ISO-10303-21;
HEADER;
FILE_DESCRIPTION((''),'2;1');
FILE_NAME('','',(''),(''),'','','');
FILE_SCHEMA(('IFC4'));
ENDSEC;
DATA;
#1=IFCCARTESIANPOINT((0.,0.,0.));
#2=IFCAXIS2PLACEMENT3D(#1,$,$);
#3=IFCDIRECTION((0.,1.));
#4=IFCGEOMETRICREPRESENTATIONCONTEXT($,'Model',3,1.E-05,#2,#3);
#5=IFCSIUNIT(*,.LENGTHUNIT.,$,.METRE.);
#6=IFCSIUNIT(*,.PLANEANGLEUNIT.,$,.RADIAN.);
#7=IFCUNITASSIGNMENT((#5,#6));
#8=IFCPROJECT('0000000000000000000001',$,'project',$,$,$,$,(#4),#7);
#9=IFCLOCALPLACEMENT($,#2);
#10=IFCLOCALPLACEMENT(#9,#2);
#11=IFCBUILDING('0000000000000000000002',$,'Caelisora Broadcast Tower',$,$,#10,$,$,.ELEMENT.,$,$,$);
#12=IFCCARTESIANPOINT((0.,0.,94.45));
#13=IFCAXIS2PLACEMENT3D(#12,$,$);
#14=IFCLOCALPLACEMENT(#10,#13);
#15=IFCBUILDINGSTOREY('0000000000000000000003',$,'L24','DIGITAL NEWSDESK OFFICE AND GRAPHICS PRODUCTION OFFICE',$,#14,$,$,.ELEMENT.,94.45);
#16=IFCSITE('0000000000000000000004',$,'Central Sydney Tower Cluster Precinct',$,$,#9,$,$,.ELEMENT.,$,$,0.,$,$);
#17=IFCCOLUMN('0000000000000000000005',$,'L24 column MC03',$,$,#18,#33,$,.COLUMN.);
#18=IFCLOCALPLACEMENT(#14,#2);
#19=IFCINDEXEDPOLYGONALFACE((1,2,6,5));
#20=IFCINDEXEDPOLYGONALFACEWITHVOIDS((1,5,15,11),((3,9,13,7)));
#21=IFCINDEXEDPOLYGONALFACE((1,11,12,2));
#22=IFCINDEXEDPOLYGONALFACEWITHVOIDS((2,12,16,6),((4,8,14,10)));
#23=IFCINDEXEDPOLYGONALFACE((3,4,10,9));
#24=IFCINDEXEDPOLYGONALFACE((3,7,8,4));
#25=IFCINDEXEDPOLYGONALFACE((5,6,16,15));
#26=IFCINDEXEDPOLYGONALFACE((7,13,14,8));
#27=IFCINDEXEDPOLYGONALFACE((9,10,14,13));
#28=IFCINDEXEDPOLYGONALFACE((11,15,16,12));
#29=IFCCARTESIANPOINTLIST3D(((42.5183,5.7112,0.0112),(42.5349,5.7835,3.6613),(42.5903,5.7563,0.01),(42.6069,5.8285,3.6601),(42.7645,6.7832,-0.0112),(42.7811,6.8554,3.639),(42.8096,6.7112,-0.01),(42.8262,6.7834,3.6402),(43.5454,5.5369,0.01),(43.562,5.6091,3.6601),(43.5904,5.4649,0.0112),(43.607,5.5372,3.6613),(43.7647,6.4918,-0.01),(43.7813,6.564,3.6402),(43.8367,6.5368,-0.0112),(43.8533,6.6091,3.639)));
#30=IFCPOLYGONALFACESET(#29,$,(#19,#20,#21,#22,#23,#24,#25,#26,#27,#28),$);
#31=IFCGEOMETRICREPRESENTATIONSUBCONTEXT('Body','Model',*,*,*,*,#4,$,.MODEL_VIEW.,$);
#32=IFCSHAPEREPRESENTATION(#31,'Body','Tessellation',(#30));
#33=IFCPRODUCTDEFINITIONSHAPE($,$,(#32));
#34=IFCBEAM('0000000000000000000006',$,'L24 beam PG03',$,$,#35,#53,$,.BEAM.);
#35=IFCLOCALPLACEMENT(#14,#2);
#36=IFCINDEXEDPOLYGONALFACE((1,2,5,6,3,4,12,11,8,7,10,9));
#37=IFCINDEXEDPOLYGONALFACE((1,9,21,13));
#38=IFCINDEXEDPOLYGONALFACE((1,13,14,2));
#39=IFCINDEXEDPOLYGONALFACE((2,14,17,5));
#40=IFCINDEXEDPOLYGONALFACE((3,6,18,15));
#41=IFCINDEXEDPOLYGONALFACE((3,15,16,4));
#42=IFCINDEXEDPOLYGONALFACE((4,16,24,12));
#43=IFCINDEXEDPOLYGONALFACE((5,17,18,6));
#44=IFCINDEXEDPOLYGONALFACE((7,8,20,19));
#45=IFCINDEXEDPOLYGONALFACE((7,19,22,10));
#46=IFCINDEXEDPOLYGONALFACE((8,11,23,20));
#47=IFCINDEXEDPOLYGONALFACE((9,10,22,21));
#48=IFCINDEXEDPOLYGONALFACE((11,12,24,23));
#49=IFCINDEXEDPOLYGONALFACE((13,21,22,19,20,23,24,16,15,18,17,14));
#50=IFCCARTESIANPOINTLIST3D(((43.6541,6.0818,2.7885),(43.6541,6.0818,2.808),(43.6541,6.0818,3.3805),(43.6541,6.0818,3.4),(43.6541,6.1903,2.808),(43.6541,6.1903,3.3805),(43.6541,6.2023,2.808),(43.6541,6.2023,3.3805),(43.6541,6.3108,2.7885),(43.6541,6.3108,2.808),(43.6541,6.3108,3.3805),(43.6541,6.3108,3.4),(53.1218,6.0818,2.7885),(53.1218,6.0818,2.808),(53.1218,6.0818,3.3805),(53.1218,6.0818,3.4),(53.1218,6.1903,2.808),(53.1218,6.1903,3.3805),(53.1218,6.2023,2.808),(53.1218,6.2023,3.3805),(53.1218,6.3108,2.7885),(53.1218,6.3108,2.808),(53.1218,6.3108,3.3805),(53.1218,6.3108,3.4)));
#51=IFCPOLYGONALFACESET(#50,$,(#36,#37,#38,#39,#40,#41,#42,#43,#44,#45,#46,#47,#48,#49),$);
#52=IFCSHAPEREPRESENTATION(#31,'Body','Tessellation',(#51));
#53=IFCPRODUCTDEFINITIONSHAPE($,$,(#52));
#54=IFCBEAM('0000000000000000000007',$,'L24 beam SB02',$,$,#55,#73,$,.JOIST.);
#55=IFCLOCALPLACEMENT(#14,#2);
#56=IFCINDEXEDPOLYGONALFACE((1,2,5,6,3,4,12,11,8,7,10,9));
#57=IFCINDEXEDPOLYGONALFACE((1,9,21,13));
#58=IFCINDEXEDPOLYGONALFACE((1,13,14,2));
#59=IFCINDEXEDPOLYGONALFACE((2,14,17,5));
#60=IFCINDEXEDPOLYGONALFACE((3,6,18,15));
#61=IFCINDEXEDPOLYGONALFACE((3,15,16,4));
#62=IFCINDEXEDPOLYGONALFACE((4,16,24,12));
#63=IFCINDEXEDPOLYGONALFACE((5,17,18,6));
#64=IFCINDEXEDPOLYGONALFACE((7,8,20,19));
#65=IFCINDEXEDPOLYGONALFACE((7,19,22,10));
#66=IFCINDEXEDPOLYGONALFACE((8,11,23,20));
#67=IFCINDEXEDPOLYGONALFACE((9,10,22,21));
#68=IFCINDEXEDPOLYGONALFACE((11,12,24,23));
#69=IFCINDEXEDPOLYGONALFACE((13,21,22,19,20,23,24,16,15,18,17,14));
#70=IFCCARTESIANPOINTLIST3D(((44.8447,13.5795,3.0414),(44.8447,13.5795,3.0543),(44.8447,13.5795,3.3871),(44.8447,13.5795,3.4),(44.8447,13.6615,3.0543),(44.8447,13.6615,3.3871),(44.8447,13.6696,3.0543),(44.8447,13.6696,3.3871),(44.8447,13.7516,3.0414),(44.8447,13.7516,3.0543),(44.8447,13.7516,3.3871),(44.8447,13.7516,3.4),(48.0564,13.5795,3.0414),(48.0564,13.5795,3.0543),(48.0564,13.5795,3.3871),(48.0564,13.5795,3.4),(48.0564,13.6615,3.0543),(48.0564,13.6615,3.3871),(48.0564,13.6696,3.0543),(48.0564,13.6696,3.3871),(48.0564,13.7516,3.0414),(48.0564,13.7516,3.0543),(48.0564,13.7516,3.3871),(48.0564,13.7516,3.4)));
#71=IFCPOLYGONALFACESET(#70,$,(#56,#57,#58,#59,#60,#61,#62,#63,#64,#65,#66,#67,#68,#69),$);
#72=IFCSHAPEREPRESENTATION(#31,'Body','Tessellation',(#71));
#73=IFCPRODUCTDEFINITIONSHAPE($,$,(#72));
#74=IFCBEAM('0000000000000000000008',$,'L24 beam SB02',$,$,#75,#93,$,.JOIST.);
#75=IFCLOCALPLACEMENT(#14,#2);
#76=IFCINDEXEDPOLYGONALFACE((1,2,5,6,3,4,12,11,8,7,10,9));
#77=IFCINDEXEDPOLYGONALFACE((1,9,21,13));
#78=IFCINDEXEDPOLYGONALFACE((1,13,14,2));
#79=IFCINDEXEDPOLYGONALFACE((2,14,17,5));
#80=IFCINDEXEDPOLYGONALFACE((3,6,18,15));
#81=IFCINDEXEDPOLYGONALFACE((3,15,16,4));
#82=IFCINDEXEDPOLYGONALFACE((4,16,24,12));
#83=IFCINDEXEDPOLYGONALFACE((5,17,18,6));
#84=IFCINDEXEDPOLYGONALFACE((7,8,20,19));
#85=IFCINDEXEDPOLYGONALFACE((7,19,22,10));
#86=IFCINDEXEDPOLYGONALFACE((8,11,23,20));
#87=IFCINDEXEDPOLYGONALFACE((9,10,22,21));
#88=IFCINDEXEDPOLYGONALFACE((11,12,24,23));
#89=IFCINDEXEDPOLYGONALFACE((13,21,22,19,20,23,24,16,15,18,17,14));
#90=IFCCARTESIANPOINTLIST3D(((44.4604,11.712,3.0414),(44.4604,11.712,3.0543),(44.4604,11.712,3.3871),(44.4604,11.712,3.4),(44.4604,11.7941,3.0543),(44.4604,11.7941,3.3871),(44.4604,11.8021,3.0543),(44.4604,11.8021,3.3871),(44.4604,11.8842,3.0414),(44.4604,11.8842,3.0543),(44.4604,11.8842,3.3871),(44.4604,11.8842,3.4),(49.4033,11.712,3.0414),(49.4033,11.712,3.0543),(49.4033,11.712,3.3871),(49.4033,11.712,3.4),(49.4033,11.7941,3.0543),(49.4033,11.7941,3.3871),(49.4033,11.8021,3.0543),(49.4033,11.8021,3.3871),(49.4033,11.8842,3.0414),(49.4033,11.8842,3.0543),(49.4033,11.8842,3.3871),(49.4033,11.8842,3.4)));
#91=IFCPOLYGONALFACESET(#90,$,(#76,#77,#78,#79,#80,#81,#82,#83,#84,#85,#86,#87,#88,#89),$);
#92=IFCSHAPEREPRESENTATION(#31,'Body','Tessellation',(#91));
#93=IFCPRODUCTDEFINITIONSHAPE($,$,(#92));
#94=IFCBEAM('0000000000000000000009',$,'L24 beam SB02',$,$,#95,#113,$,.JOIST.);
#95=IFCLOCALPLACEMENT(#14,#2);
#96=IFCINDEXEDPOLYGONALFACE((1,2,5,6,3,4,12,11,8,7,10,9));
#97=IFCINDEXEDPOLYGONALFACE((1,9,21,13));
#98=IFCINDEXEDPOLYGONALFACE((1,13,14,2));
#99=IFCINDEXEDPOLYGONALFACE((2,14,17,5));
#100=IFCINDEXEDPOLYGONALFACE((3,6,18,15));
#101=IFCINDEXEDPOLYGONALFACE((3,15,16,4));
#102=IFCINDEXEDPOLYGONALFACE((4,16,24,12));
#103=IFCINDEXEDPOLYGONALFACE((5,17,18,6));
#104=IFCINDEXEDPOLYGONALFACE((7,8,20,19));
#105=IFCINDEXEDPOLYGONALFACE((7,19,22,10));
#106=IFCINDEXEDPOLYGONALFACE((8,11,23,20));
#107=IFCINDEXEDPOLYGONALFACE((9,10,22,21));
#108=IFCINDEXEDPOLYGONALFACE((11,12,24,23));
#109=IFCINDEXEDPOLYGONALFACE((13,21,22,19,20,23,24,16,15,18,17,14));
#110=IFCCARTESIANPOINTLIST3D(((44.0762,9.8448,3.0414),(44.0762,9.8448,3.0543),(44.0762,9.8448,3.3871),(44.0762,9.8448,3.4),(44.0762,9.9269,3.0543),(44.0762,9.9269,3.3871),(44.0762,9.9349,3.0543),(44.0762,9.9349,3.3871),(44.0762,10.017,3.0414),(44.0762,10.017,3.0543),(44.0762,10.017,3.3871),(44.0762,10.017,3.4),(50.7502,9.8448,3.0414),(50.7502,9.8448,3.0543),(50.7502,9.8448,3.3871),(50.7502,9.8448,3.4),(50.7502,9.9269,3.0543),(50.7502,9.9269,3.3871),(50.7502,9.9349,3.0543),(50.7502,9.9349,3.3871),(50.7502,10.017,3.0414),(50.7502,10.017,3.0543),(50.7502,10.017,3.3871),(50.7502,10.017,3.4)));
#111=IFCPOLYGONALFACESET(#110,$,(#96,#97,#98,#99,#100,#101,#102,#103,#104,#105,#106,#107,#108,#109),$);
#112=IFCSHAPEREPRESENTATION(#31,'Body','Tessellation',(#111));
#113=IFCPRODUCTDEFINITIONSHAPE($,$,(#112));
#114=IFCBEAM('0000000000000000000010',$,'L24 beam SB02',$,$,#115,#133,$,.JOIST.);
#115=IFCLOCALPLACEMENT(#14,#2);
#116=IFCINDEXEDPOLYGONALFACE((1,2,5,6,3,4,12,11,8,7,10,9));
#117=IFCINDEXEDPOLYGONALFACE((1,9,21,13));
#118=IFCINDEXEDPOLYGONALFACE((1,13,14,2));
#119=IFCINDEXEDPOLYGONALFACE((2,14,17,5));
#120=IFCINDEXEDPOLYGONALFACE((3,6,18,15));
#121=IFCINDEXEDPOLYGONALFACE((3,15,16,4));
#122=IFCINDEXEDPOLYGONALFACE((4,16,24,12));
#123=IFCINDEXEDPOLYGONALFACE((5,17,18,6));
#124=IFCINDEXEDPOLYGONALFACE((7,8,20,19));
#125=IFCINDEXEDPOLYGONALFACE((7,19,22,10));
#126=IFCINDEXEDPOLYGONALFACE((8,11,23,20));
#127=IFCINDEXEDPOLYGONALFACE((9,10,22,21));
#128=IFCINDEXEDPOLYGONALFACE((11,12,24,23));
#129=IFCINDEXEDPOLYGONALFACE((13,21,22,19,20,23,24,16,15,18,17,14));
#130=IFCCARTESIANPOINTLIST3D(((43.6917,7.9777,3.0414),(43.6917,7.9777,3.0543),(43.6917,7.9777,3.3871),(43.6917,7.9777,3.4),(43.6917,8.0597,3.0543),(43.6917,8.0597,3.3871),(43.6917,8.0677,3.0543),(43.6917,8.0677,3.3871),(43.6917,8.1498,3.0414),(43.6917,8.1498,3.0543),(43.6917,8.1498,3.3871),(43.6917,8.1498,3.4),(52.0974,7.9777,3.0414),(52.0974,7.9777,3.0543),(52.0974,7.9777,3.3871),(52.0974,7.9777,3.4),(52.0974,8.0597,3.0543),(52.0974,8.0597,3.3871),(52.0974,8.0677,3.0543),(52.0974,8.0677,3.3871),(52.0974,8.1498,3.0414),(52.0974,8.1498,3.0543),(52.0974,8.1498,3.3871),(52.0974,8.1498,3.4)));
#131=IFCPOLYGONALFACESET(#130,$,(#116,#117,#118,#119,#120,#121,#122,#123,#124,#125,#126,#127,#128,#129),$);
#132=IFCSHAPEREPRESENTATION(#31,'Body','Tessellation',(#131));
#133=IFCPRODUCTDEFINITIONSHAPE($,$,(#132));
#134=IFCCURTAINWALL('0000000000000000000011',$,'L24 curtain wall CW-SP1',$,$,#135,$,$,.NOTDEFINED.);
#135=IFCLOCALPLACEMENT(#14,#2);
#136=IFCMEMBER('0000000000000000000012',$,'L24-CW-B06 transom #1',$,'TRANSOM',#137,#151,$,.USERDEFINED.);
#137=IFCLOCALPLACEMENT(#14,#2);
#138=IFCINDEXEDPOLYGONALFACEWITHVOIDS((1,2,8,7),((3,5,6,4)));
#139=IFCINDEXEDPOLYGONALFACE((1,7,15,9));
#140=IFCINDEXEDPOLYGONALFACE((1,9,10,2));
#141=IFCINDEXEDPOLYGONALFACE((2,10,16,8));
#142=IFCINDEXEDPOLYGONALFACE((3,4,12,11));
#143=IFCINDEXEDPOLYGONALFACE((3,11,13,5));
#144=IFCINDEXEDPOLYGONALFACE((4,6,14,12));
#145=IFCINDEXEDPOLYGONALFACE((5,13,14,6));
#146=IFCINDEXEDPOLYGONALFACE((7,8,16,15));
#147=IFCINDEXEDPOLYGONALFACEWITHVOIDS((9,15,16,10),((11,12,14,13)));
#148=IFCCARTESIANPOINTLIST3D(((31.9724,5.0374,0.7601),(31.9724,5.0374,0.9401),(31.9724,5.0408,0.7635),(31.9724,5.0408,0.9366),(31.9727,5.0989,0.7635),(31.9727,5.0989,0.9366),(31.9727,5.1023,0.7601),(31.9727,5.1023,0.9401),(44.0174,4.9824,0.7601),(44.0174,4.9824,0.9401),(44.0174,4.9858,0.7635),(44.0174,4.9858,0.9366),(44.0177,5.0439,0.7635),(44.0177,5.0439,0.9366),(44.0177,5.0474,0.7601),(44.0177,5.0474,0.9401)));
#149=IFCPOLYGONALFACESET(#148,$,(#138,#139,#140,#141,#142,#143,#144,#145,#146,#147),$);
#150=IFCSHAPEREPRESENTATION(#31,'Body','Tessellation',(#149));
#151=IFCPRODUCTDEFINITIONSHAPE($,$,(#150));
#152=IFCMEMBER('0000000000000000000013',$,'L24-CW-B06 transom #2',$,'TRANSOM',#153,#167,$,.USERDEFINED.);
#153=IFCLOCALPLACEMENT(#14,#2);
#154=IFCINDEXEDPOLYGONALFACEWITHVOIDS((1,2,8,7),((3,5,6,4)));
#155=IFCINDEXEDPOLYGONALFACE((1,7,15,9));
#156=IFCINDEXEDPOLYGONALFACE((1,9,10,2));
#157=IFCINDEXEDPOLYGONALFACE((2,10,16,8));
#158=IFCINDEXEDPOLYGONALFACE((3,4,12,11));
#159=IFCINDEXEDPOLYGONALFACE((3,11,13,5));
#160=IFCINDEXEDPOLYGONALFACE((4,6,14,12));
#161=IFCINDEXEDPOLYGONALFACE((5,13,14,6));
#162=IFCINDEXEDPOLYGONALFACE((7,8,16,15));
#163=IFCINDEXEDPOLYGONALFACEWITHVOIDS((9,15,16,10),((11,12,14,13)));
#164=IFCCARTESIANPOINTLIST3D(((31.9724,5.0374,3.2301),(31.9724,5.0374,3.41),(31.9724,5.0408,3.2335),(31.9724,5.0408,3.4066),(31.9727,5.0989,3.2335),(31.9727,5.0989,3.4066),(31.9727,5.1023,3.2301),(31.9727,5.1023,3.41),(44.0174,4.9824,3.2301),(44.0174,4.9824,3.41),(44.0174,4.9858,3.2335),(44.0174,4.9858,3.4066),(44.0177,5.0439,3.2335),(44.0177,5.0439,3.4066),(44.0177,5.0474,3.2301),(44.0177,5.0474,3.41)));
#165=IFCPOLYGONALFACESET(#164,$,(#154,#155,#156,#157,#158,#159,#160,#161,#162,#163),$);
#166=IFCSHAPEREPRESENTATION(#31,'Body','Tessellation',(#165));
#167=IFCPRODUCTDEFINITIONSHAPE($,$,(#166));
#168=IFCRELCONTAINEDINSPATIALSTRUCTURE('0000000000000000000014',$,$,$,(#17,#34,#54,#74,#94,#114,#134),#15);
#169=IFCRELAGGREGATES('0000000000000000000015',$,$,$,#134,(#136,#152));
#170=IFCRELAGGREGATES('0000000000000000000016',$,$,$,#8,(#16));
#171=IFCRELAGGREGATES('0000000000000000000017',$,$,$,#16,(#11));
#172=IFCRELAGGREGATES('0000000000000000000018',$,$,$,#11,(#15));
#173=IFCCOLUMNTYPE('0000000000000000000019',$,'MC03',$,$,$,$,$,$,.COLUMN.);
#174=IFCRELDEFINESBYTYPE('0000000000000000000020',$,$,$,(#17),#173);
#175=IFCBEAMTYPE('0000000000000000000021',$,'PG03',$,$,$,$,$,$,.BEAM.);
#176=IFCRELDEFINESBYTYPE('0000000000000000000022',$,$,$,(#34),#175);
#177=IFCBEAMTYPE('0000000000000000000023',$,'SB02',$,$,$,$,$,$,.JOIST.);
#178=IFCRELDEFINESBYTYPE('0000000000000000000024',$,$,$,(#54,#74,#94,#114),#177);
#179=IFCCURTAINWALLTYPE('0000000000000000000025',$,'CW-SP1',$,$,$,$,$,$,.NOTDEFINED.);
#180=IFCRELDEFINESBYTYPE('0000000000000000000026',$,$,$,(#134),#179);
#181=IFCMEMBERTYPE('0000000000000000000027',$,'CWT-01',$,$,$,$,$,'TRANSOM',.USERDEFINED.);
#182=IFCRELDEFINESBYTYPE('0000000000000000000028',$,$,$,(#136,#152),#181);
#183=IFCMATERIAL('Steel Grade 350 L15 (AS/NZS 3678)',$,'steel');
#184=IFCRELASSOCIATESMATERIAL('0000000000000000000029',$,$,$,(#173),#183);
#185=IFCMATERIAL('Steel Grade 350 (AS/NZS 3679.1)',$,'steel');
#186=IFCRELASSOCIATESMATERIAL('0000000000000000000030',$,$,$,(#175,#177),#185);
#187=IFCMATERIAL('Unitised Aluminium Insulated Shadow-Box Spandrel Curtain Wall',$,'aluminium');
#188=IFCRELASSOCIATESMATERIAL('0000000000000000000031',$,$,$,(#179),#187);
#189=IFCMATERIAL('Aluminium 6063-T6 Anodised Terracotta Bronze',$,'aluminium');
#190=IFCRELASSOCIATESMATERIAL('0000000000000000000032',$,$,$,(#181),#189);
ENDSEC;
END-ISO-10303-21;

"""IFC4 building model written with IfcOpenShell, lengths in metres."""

from ifc_helpers import new_model, si_unit, direction, frame, origin, origin_2d, place, context, subcontext, project, spatial, hollow_rectangle, i_section, extrude, source, transform, mapped, material, material_profile, profile_set, type_object, type_shapes, element, aggregate, save


model = new_model("IFC4")

# Units and contexts
model_context = context("Model", 3, precision=1e-05, world=origin(), true_north=direction((0.0, 1.0)))
body_context = subcontext(model_context, "Body", "Model", "MODEL_VIEW")
ifc_project = project(units=[si_unit("LENGTHUNIT", "METRE"), si_unit("PLANEANGLEUNIT", "RADIAN")], contexts=[model_context])

# Site, building, storey
site_placement = place(None, origin())
site = spatial("IfcSite", under=ifc_project, at=site_placement, Name="Central Sydney Tower Cluster Precinct", CompositionType="ELEMENT", RefElevation=0.0)
building_placement = place(site_placement, origin())
building = spatial("IfcBuilding", under=site, at=building_placement, Name="Caelisora Broadcast Tower", CompositionType="ELEMENT")
storey_placement = place(building_placement, frame((0.0, 0.0, 94.45)))
storey = spatial("IfcBuildingStorey", under=building, at=storey_placement, Name="L24", Description="DIGITAL NEWSDESK OFFICE AND GRAPHICS PRODUCTION OFFICE", CompositionType="ELEMENT", Elevation=94.45)

# Column
ifc_material_1 = material(Name="Steel Grade 350 L15 (AS/NZS 3678)", Category="steel")
ifc_material_profile_1 = material_profile(ifc_material_1, hollow_rectangle(XDim=1.1001, YDim=1.1001, WallThickness=0.0601, at=origin_2d()), Name="Steel Grade 350 L15 (AS/NZS 3678)")
ifc_profile_set_1 = profile_set([ifc_material_profile_1], Name="Steel Grade 350 L15 (AS/NZS 3678)")
column_type = type_object("IfcColumnType", Name="MC03", PredefinedType="COLUMN", material=ifc_profile_set_1)
shared_shape_1 = source(origin(), body_context, "Body", "SweptSolid", [
    extrude(hollow_rectangle(XDim=1.1001, YDim=1.1001, WallThickness=0.0601, at=origin_2d()), origin(), (0.0, 0.0, 1.0), 3.6509),
])
type_shapes(column_type, [shared_shape_1])
column_placement = place(storey_placement, frame((43.1775, 6.124, 0.0), z_axis=(0.004547, 0.019794, 0.999794), x_axis=(-0.974613, 0.223898, 0.0)))
element("IfcColumn", 1, at=column_placement, inside=storey, type_object=column_type, Name="L24 column MC03", PredefinedType="COLUMN", context=body_context, shape_type="MappedRepresentation", body=[
    mapped(shared_shape_1, transform((0.0, 0.0, 0.0), scale=1.0)),
])

# Beams
ifc_material_2 = material(Name="Steel Grade 350 (AS/NZS 3679.1)", Category="steel")
ifc_material_profile_2 = material_profile(ifc_material_2, i_section(OverallWidth=0.229, OverallDepth=0.6116, WebThickness=0.012, FlangeThickness=0.0195, at=origin_2d()), Name="Steel Grade 350 (AS/NZS 3679.1)")
ifc_profile_set_2 = profile_set([ifc_material_profile_2], Name="Steel Grade 350 (AS/NZS 3679.1)")
beam_type_1 = type_object("IfcBeamType", Name="PG03", PredefinedType="BEAM", material=ifc_profile_set_2)
shared_shape_2 = source(origin(), body_context, "Body", "SweptSolid", [
    extrude(i_section(OverallWidth=0.229, OverallDepth=0.6116, WebThickness=0.012, FlangeThickness=0.0195, at=origin_2d()), origin(), (0.0, 0.0, 1.0), 9.4678),
])
type_shapes(beam_type_1, [shared_shape_2])
beam_1_placement = place(storey_placement, frame((43.6541, 6.1963, 3.0942), z_axis=(1.0, 0.0, 0.0), x_axis=(0.0, 1.0, 0.0)))
element("IfcBeam", 2, at=beam_1_placement, inside=storey, type_object=beam_type_1, Name="L24 beam PG03", PredefinedType="BEAM", context=body_context, shape_type="MappedRepresentation", body=[
    mapped(shared_shape_2, transform((0.0, 0.0, 0.0), scale=1.0)),
])
ifc_material_profile_3 = material_profile(ifc_material_2, i_section(OverallWidth=0.1721, OverallDepth=0.3586, WebThickness=0.0081, FlangeThickness=0.0129, at=origin_2d()), Name="Steel Grade 350 (AS/NZS 3679.1)")
ifc_profile_set_3 = profile_set([ifc_material_profile_3], Name="Steel Grade 350 (AS/NZS 3679.1)")
beam_type_2 = type_object("IfcBeamType", Name="SB02", PredefinedType="JOIST", material=ifc_profile_set_3)
shared_shape_3 = source(origin(), body_context, "Body", "SweptSolid", [
    extrude(i_section(OverallWidth=0.1721, OverallDepth=0.3586, WebThickness=0.0081, FlangeThickness=0.0129, at=origin_2d()), origin(), (0.0, 0.0, 1.0), 3.2117),
])
beam_2_placement = place(storey_placement, frame((44.8447, 13.6655, 3.2207), z_axis=(1.0, 0.0, 0.0), x_axis=(0.0, 1.0, 0.0)))
element("IfcBeam", 3, at=beam_2_placement, inside=storey, type_object=beam_type_2, Name="L24 beam SB02", PredefinedType="JOIST", context=body_context, shape_type="MappedRepresentation", body=[
    mapped(shared_shape_3, transform((0.0, 0.0, 0.0), scale=1.0)),
])
shared_shape_4 = source(origin(), body_context, "Body", "SweptSolid", [
    extrude(i_section(OverallWidth=0.1721, OverallDepth=0.3586, WebThickness=0.0081, FlangeThickness=0.0129, at=origin_2d()), origin(), (0.0, 0.0, 1.0), 4.9429),
])
beam_3_placement = place(storey_placement, frame((44.4604, 11.7981, 3.2207), z_axis=(1.0, 0.0, 0.0), x_axis=(0.0, 1.0, 0.0)))
element("IfcBeam", 4, at=beam_3_placement, inside=storey, type_object=beam_type_2, Name="L24 beam SB02", PredefinedType="JOIST", context=body_context, shape_type="MappedRepresentation", body=[
    mapped(shared_shape_4, transform((0.0, 0.0, 0.0), scale=1.0)),
])
shared_shape_5 = source(origin(), body_context, "Body", "SweptSolid", [
    extrude(i_section(OverallWidth=0.1721, OverallDepth=0.3586, WebThickness=0.0081, FlangeThickness=0.0129, at=origin_2d()), origin(), (0.0, 0.0, 1.0), 6.6741),
])
beam_4_placement = place(storey_placement, frame((44.0762, 9.9309, 3.2207), z_axis=(1.0, 0.0, 0.0), x_axis=(0.0, 1.0, 0.0)))
element("IfcBeam", 5, at=beam_4_placement, inside=storey, type_object=beam_type_2, Name="L24 beam SB02", PredefinedType="JOIST", context=body_context, shape_type="MappedRepresentation", body=[
    mapped(shared_shape_5, transform((0.0, 0.0, 0.0), scale=1.0)),
])
shared_shape_6 = source(origin(), body_context, "Body", "SweptSolid", [
    extrude(i_section(OverallWidth=0.1721, OverallDepth=0.3586, WebThickness=0.0081, FlangeThickness=0.0129, at=origin_2d()), origin(), (0.0, 0.0, 1.0), 8.4058),
])
type_shapes(beam_type_2, [shared_shape_3, shared_shape_4, shared_shape_5, shared_shape_6])
beam_5_placement = place(storey_placement, frame((43.6917, 8.0637, 3.2207), z_axis=(1.0, 0.0, 0.0), x_axis=(0.0, 1.0, 0.0)))
element("IfcBeam", 6, at=beam_5_placement, inside=storey, type_object=beam_type_2, Name="L24 beam SB02", PredefinedType="JOIST", context=body_context, shape_type="MappedRepresentation", body=[
    mapped(shared_shape_6, transform((0.0, 0.0, 0.0), scale=1.0)),
])

# Curtain wall, members
ifc_material_3 = material(Name="Unitised Aluminium Insulated Shadow-Box Spandrel Curtain Wall", Category="aluminium")
curtain_wall_type_1 = type_object("IfcCurtainWallType", Name="CW-SP1", PredefinedType="NOTDEFINED", material=ifc_material_3)
curtain_wall_1_placement = place(storey_placement, origin())
curtain_wall_1 = element("IfcCurtainWall", 7, at=curtain_wall_1_placement, inside=storey, type_object=curtain_wall_type_1, Name="L24 curtain wall CW-SP1", PredefinedType="NOTDEFINED")
ifc_material_4 = material(Name="Aluminium 6063-T6 Anodised Terracotta Bronze", Category="aluminium")
ifc_material_profile_4 = material_profile(ifc_material_4, hollow_rectangle(XDim=0.0649, YDim=0.1799, WallThickness=0.0034, at=origin_2d()), Name="Aluminium 6063-T6 Anodised Terracotta Bronze")
ifc_profile_set_4 = profile_set([ifc_material_profile_4], Name="Aluminium 6063-T6 Anodised Terracotta Bronze")
member_type_1 = type_object("IfcMemberType", Name="CWT-01", ElementType="TRANSOM", PredefinedType="USERDEFINED", material=ifc_profile_set_4)
shared_shape_7 = source(origin(), body_context, "Body", "SweptSolid", [
    extrude(hollow_rectangle(XDim=0.0649, YDim=0.1799, WallThickness=0.0034, at=origin_2d()), origin(), (0.0, 0.0, 1.0), 12.0452),
])
type_shapes(member_type_1, [shared_shape_7])
member_1_placement = place(storey_placement, frame((44.0176, 5.0149, 0.8501), z_axis=(-0.99999, 0.004561, 0.0), x_axis=(-0.004561, -0.99999, 0.0)))
member_1 = element("IfcMember", 8, at=member_1_placement, type_object=member_type_1, Name="L24-CW-B06 transom #1", ObjectType="TRANSOM", PredefinedType="USERDEFINED", context=body_context, shape_type="MappedRepresentation", body=[
    mapped(shared_shape_7, transform((0.0, 0.0, 0.0), scale=1.0)),
])
member_2_placement = place(storey_placement, frame((44.0176, 5.0149, 3.3201), z_axis=(-0.99999, 0.004561, 0.0), x_axis=(-0.004561, -0.99999, 0.0)))
member_2 = element("IfcMember", 9, at=member_2_placement, type_object=member_type_1, Name="L24-CW-B06 transom #2", ObjectType="TRANSOM", PredefinedType="USERDEFINED", context=body_context, shape_type="MappedRepresentation", body=[
    mapped(shared_shape_7, transform((0.0, 0.0, 0.0), scale=1.0)),
])

aggregate(curtain_wall_1, [member_1, member_2])

save(model, "model.ifc")
